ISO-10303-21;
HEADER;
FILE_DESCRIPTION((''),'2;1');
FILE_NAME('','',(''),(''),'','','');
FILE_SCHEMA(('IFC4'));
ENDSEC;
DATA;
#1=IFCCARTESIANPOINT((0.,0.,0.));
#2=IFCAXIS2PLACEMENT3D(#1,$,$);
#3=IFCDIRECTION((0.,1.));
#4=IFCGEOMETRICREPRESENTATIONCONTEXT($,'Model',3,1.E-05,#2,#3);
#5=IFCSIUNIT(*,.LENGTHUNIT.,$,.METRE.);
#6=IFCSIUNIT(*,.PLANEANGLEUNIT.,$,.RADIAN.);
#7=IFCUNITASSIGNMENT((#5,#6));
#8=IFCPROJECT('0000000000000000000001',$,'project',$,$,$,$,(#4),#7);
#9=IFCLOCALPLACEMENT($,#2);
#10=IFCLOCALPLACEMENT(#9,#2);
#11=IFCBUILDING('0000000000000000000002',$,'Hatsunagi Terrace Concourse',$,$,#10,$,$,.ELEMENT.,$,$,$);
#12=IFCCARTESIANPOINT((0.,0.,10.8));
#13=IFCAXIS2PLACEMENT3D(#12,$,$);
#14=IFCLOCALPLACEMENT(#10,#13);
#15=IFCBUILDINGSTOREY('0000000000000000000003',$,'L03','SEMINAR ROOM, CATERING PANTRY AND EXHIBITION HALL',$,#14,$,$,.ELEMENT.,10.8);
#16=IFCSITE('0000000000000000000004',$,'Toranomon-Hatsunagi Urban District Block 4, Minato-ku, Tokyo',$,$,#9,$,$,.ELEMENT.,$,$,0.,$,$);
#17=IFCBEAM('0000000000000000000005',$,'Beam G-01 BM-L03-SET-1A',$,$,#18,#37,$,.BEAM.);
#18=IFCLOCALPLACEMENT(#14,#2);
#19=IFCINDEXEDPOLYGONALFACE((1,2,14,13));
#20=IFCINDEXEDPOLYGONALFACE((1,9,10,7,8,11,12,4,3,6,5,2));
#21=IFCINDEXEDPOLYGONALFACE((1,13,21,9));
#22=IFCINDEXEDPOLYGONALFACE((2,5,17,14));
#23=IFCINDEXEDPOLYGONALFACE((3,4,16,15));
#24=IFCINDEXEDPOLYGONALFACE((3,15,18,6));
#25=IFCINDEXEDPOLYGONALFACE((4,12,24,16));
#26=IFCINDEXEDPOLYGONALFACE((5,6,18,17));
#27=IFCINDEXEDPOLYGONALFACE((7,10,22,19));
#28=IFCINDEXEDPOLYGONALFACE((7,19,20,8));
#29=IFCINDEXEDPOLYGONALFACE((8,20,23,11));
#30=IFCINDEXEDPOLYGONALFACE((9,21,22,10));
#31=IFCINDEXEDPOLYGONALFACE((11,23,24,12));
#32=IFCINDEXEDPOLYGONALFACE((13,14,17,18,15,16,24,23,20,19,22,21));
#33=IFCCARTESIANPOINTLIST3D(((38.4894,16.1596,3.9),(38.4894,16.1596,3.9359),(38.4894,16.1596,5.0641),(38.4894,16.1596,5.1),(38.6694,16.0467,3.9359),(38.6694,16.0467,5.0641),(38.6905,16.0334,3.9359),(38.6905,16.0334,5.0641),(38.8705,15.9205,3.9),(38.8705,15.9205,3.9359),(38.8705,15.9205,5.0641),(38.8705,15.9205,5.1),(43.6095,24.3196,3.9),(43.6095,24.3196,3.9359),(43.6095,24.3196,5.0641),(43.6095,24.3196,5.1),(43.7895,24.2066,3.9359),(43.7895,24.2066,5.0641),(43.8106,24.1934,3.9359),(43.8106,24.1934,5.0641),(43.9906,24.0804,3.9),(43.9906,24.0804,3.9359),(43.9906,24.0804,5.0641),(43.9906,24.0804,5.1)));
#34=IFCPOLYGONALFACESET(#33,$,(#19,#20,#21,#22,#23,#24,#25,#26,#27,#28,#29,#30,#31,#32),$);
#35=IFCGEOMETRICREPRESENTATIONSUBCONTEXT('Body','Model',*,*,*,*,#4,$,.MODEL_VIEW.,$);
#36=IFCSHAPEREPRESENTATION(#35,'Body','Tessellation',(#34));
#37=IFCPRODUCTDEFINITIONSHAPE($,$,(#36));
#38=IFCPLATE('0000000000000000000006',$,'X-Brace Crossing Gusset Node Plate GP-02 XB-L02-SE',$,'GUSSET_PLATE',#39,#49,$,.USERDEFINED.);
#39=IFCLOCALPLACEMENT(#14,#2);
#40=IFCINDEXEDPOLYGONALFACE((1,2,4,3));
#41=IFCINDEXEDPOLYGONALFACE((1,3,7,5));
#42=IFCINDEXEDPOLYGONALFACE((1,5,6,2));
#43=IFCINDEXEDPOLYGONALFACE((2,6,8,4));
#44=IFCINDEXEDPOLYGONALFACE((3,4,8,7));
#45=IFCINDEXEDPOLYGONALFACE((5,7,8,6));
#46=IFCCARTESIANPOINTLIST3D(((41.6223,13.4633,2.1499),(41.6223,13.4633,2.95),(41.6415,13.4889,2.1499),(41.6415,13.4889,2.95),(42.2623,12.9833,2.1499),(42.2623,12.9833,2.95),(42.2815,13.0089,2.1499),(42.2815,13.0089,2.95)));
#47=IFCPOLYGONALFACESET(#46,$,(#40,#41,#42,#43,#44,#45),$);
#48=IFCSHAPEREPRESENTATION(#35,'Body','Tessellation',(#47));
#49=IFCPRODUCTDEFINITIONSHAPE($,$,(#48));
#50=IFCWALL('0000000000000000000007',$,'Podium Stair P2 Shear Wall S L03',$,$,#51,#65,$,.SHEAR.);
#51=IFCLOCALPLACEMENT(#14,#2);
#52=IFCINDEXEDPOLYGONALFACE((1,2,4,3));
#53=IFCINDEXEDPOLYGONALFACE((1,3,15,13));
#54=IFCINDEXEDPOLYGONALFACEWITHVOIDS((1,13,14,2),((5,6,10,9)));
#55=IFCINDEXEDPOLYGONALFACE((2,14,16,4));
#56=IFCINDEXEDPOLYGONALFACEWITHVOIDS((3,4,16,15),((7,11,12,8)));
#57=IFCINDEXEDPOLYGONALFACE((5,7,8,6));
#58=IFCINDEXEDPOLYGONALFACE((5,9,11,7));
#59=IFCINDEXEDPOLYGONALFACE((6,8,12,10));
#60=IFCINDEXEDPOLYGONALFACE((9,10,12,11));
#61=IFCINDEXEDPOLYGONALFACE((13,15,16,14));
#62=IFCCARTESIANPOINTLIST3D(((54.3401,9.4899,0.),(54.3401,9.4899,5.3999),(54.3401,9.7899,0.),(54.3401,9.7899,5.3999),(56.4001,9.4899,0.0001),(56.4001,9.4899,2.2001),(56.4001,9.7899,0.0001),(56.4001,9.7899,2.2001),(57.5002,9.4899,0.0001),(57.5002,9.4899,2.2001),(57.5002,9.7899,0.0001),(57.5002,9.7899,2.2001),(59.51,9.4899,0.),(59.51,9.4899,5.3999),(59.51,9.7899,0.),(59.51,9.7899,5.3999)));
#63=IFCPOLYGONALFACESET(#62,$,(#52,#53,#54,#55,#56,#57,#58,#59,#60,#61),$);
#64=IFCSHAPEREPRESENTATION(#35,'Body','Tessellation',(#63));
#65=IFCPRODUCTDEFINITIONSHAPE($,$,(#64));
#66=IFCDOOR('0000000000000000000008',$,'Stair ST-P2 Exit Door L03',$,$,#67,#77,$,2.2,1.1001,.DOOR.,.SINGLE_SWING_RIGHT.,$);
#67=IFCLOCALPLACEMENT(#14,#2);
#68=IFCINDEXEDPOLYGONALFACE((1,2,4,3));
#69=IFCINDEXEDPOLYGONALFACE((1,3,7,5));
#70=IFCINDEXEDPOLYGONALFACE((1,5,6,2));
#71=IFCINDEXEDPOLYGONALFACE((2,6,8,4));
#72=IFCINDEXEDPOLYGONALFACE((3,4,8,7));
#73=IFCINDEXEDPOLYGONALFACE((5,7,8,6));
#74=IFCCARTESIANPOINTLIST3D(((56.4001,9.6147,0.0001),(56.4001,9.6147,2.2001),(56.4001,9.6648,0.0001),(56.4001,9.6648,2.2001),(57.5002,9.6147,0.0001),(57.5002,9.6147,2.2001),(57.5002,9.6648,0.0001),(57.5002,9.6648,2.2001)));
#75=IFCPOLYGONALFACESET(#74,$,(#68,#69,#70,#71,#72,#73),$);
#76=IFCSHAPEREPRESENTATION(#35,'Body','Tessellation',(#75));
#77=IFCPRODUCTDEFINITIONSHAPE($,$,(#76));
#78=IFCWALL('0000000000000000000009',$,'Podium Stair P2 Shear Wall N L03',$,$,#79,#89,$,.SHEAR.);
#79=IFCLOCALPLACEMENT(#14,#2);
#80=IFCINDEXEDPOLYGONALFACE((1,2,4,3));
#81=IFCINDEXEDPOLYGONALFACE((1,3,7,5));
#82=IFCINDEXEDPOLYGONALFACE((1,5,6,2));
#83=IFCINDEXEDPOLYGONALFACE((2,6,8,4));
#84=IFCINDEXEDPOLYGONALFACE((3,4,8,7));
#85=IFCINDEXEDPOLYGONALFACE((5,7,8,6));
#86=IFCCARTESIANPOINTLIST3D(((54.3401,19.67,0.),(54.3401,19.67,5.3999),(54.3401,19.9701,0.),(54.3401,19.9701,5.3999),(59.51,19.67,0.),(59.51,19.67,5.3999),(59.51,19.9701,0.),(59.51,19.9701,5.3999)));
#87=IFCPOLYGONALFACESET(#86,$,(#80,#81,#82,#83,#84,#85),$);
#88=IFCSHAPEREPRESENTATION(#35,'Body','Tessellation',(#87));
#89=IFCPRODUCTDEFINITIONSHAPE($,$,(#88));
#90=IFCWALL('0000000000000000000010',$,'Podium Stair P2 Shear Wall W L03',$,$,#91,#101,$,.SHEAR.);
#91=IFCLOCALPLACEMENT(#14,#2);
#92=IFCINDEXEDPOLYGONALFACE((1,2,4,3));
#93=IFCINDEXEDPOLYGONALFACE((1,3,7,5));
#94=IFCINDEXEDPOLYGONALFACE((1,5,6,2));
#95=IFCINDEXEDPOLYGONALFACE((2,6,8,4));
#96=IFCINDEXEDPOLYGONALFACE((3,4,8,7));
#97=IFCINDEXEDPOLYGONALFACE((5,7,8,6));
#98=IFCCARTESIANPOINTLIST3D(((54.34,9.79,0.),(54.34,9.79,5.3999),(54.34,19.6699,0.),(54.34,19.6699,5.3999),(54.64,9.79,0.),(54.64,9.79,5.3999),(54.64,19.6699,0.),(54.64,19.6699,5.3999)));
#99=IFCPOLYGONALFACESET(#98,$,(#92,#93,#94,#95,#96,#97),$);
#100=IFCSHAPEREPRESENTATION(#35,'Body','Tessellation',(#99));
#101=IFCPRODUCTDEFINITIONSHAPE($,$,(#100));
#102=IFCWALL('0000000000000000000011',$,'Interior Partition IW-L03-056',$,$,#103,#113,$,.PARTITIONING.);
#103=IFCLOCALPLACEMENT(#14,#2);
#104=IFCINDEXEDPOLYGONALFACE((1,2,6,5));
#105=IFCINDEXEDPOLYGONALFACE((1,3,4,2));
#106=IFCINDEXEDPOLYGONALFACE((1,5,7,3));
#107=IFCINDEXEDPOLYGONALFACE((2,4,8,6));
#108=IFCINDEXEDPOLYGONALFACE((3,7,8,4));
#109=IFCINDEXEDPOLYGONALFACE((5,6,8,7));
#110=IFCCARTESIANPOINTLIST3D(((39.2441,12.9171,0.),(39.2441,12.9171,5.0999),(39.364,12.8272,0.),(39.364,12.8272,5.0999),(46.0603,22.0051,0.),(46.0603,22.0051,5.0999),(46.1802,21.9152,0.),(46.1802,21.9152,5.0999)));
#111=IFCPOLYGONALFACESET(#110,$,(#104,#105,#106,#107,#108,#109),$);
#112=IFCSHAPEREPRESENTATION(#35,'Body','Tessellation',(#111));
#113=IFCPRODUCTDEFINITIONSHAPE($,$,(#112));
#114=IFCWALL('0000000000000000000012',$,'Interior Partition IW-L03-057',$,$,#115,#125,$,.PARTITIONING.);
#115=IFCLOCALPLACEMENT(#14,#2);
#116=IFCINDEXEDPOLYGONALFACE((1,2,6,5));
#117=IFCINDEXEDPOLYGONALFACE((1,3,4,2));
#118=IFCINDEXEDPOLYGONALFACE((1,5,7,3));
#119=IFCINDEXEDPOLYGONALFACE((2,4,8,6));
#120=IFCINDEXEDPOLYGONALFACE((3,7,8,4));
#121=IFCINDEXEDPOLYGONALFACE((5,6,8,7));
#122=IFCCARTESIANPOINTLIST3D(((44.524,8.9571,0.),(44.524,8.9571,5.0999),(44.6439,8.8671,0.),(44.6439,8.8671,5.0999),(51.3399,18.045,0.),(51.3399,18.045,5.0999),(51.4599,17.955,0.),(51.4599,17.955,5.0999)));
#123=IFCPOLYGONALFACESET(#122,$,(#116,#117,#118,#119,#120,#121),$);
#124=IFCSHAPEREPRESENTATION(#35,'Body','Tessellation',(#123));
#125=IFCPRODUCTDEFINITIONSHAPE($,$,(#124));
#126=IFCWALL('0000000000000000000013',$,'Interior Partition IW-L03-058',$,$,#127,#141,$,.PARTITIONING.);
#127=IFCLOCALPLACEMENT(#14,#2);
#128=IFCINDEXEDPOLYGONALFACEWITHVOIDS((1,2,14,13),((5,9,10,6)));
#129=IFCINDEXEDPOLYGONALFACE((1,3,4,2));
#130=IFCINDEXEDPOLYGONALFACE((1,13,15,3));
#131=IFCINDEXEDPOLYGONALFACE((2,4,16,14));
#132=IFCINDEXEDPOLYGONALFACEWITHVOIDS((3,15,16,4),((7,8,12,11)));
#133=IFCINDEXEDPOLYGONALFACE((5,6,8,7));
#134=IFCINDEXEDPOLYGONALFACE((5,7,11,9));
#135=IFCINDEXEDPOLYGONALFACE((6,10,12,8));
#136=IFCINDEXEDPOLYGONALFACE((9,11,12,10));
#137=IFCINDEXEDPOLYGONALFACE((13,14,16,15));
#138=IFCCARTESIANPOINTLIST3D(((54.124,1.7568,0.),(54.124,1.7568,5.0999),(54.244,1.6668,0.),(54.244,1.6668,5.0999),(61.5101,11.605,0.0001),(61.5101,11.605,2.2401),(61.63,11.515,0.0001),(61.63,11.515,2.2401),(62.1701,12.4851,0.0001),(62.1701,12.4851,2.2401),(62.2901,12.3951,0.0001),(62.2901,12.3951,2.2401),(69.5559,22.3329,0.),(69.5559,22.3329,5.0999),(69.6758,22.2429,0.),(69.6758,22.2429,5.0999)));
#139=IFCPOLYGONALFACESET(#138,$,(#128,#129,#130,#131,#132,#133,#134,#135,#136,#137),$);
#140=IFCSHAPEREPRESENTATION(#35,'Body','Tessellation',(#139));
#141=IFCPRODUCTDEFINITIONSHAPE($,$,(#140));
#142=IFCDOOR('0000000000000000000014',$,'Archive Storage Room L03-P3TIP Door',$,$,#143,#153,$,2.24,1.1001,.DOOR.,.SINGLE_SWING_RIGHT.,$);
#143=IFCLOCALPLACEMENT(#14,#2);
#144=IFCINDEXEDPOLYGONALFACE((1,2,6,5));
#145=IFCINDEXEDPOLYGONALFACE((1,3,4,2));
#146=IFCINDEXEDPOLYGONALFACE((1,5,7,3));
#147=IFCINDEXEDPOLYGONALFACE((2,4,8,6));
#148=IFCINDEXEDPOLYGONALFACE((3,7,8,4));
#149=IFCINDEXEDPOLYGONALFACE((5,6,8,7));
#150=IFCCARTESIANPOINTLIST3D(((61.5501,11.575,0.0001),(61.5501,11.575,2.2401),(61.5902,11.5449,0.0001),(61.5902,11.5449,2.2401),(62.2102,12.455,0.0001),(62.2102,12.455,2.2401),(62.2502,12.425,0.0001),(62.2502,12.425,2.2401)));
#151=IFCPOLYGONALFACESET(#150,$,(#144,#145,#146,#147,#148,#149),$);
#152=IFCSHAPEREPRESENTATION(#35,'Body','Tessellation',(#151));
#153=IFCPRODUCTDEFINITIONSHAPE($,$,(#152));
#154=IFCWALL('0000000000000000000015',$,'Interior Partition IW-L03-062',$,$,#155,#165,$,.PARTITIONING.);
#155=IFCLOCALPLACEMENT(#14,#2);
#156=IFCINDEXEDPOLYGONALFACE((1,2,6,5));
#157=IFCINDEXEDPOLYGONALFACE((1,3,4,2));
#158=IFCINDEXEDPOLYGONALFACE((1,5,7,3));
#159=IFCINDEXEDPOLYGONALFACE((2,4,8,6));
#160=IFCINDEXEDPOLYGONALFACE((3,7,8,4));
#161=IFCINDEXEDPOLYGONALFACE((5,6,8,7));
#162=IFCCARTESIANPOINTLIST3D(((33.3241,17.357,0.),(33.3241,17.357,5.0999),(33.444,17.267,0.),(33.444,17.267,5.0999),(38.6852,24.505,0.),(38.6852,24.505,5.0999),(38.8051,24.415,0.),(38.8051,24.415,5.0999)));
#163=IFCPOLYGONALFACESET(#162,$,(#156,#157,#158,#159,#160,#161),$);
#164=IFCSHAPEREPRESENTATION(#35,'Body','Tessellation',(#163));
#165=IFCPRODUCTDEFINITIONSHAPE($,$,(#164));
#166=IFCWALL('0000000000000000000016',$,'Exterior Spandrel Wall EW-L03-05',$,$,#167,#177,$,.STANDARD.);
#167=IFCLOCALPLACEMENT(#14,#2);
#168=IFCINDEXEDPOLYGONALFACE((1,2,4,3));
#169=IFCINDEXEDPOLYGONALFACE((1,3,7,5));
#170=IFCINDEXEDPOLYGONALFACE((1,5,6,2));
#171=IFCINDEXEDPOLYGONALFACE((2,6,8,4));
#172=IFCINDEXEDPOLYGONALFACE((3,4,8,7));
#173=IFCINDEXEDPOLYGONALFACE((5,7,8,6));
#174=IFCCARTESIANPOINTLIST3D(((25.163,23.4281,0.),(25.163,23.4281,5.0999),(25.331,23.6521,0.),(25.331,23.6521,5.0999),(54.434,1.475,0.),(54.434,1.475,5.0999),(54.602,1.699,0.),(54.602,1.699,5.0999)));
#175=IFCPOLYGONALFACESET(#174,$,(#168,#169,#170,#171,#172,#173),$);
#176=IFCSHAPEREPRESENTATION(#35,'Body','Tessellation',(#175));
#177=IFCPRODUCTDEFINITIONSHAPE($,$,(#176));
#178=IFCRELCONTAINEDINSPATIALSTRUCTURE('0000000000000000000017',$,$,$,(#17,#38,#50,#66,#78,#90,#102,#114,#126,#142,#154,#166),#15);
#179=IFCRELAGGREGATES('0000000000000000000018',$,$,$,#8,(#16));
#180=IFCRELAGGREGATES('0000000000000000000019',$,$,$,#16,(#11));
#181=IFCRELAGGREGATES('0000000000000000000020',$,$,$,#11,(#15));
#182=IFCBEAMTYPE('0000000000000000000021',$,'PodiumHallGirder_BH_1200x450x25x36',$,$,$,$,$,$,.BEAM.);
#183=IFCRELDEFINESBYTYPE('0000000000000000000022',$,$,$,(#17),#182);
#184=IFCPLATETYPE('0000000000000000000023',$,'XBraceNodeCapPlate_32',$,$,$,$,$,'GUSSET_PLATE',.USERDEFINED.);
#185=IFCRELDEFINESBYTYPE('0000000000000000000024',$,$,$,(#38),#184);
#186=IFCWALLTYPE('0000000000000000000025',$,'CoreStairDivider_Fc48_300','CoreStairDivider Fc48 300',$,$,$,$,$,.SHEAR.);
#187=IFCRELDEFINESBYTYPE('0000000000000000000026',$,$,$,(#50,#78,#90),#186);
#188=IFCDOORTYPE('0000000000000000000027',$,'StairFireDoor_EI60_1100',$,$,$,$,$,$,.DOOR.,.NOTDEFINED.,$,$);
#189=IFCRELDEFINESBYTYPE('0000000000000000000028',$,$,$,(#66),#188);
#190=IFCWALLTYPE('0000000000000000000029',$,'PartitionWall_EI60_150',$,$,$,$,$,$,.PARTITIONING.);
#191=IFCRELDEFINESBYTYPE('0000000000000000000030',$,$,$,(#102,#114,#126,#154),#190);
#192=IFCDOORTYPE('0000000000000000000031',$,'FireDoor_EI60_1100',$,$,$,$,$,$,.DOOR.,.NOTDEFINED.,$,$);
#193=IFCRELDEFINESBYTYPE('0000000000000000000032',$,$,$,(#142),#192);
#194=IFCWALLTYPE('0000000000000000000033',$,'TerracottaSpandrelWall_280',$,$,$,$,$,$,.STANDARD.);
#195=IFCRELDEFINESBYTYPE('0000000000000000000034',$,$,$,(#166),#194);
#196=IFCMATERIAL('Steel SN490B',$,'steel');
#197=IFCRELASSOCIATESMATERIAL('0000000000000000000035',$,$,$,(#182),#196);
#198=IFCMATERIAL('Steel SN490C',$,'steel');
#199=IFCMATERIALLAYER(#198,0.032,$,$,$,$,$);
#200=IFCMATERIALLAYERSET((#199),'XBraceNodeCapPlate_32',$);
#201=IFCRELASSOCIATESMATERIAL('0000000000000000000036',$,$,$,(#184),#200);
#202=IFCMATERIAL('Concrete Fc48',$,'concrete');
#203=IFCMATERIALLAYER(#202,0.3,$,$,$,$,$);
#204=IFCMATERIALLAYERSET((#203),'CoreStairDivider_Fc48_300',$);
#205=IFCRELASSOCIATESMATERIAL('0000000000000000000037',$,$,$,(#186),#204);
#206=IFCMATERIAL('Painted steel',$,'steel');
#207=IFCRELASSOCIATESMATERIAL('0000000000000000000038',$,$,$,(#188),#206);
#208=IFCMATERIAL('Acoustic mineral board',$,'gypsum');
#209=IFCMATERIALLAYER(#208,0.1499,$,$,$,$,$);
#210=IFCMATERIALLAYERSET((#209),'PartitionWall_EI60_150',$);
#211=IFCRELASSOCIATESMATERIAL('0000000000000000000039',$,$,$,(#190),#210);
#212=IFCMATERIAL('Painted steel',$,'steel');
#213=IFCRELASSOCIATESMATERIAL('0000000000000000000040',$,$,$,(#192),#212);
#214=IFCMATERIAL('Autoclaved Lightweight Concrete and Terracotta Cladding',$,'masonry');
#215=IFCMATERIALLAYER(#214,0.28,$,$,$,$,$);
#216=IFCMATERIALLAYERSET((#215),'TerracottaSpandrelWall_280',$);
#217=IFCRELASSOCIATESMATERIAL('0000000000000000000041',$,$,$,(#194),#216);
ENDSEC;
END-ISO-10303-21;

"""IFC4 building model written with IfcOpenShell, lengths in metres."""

from ifc_helpers import new_model, si_unit, direction, frame, frame_2d, origin, origin_2d, place, context, subcontext, project, spatial, rectangle, i_section, extrude, material, layer, layer_set, material_profile, profile_set, type_object, element, fill, save


model = new_model("IFC4")

# Units and contexts
model_context = context("Model", 3, precision=1e-05, world=origin(), true_north=direction((0.0, 1.0)))
body_context = subcontext(model_context, "Body", "Model", "MODEL_VIEW")
ifc_project = project(units=[si_unit("LENGTHUNIT", "METRE"), si_unit("PLANEANGLEUNIT", "RADIAN")], contexts=[model_context])

# Site, building, storey
site_placement = place(None, origin())
site = spatial("IfcSite", under=ifc_project, at=site_placement, Name="Toranomon-Hatsunagi Urban District Block 4, Minato-ku, Tokyo", CompositionType="ELEMENT", RefElevation=0.0)
building_placement = place(site_placement, origin())
building = spatial("IfcBuilding", under=site, at=building_placement, Name="Hatsunagi Terrace Concourse", CompositionType="ELEMENT")
storey_placement = place(building_placement, frame((0.0, 0.0, 10.8)))
storey = spatial("IfcBuildingStorey", under=building, at=storey_placement, Name="L03", Description="SEMINAR ROOM, CATERING PANTRY AND EXHIBITION HALL", CompositionType="ELEMENT", Elevation=10.8)

# Beam
ifc_material_1 = material(Name="Steel SN490B", Category="steel")
ifc_material_profile_1 = material_profile(ifc_material_1, i_section(OverallWidth=0.45, OverallDepth=1.2, WebThickness=0.0249, FlangeThickness=0.0359, at=origin_2d()), Name="BH-1200x450x25x36")
ifc_profile_set_1 = profile_set([ifc_material_profile_1], Name="Steel SN490B")
beam_type_1 = type_object("IfcBeamType", Name="PodiumHallGirder_BH_1200x450x25x36", PredefinedType="BEAM", material=ifc_profile_set_1)
beam_1_placement = place(storey_placement, frame((38.6799, 16.04, 4.5), z_axis=(0.531504, 0.847056, 0.0), x_axis=(-0.847056, 0.531504, 0.0)))
element("IfcBeam", 1, at=beam_1_placement, inside=storey, type_object=beam_type_1, Name="Beam G-01 BM-L03-SET-1A", PredefinedType="BEAM", context=body_context, shape_type="SweptSolid", body=[
    extrude(i_section(OverallWidth=0.45, OverallDepth=1.2, WebThickness=0.0249, FlangeThickness=0.0359, at=origin_2d()), origin(), (0.0, 0.0, 1.0), 9.6333),
])

# Plate
ifc_material_2 = material(Name="Steel SN490C", Category="steel")
ifc_layer_1 = layer(ifc_material_2, 0.032)
ifc_layer_set_1 = layer_set([ifc_layer_1], Name="XBraceNodeCapPlate_32")
plate_type = type_object("IfcPlateType", Name="XBraceNodeCapPlate_32", ElementType="GUSSET_PLATE", PredefinedType="USERDEFINED", material=ifc_layer_set_1)
plate_placement = place(storey_placement, frame((41.9519, 13.2361, 2.1499), z_axis=(0.0, 0.0, 1.0), x_axis=(0.8, -0.6, 0.0)))
element("IfcPlate", 2, at=plate_placement, inside=storey, type_object=plate_type, Name="X-Brace Crossing Gusset Node Plate GP-02 XB-L02-SE", ObjectType="GUSSET_PLATE", PredefinedType="USERDEFINED", context=body_context, shape_type="SweptSolid", body=[
    extrude(rectangle(XDim=0.8, YDim=0.032, at=origin_2d()), origin(), (0.0, 0.0, 1.0), 0.8),
])

# Wall, opening, door
ifc_material_3 = material(Name="Concrete Fc48", Category="concrete")
ifc_layer_2 = layer(ifc_material_3, 0.3)
ifc_layer_set_2 = layer_set([ifc_layer_2], Name="CoreStairDivider_Fc48_300")
wall_type_1 = type_object("IfcWallType", Name="CoreStairDivider_Fc48_300", Description="CoreStairDivider Fc48 300", PredefinedType="SHEAR", material=ifc_layer_set_2)
wall_1_placement = place(storey_placement, frame((54.3401, 9.6399, 0.0), z_axis=(0.0, 0.0, 1.0), x_axis=(1.0, 0.0, 0.0)))
wall_1 = element("IfcWall", 3, at=wall_1_placement, inside=storey, type_object=wall_type_1, Name="Podium Stair P2 Shear Wall S L03", PredefinedType="SHEAR", context=body_context, shape_type="SweptSolid", body=[
    extrude(rectangle(XDim=5.1699, YDim=0.3, at=frame_2d((2.585, 0.0))), origin(), (0.0, 0.0, 1.0), 5.3999),
])
opening_1_placement = place(wall_1_placement, frame((2.0601, 0.0, 0.0)))
opening_1 = element("IfcOpeningElement", 4, at=opening_1_placement, cuts=wall_1, PredefinedType="OPENING", context=body_context, shape_type="SweptSolid", body=[
    extrude(rectangle(XDim=1.1001, YDim=2.2, at=frame_2d((0.55, 1.1001))), frame((0.0, 0.1599, 0.0), z_axis=(0.0, -1.0, 0.0), x_axis=(1.0, 0.0, 0.0)), (0.0, 0.0, 1.0), 0.3201),
])
ifc_material_4 = material(Name="Painted steel", Category="steel")
door_type_1 = type_object("IfcDoorType", Name="StairFireDoor_EI60_1100", OperationType="NOTDEFINED", PredefinedType="DOOR", material=ifc_material_4)
door_1_placement = place(opening_1_placement, origin())
door_1 = element("IfcDoor", 5, at=door_1_placement, inside=storey, type_object=door_type_1, Name="Stair ST-P2 Exit Door L03", OperationType="SINGLE_SWING_RIGHT", OverallHeight=2.2, OverallWidth=1.1001, PredefinedType="DOOR", context=body_context, shape_type="SweptSolid", body=[
    extrude(rectangle(XDim=1.1001, YDim=2.2, at=frame_2d((0.55, 1.1001))), frame((0.0, 0.0249, 0.0), z_axis=(0.0, -1.0, 0.0), x_axis=(1.0, 0.0, 0.0)), (0.0, 0.0, 1.0), 0.05),
])
fill(opening_1, door_1)

# Walls
wall_2_placement = place(storey_placement, frame((54.3401, 19.8201, 0.0), z_axis=(0.0, 0.0, 1.0), x_axis=(1.0, 0.0, 0.0)))
element("IfcWall", 6, at=wall_2_placement, inside=storey, type_object=wall_type_1, Name="Podium Stair P2 Shear Wall N L03", PredefinedType="SHEAR", context=body_context, shape_type="SweptSolid", body=[
    extrude(rectangle(XDim=5.1699, YDim=0.3, at=frame_2d((2.585, 0.0))), origin(), (0.0, 0.0, 1.0), 5.3999),
])
wall_3_placement = place(storey_placement, frame((54.49, 9.79, 0.0), z_axis=(0.0, 0.0, 1.0), x_axis=(0.0, 1.0, 0.0)))
element("IfcWall", 7, at=wall_3_placement, inside=storey, type_object=wall_type_1, Name="Podium Stair P2 Shear Wall W L03", PredefinedType="SHEAR", context=body_context, shape_type="SweptSolid", body=[
    extrude(rectangle(XDim=9.8799, YDim=0.3, at=frame_2d((4.9399, 0.0))), origin(), (0.0, 0.0, 1.0), 5.3999),
])
ifc_material_5 = material(Name="Acoustic mineral board", Category="gypsum")
ifc_layer_3 = layer(ifc_material_5, 0.1499)
ifc_layer_set_3 = layer_set([ifc_layer_3], Name="PartitionWall_EI60_150")
wall_type_2 = type_object("IfcWallType", Name="PartitionWall_EI60_150", PredefinedType="PARTITIONING", material=ifc_layer_set_3)
wall_4_placement = place(storey_placement, frame((39.304, 12.8721, 0.0), z_axis=(0.0, 0.0, 1.0), x_axis=(0.600014, 0.79999, 0.0)))
element("IfcWall", 8, at=wall_4_placement, inside=storey, type_object=wall_type_2, Name="Interior Partition IW-L03-056", PredefinedType="PARTITIONING", context=body_context, shape_type="SweptSolid", body=[
    extrude(rectangle(XDim=11.3601, YDim=0.1499, at=frame_2d((5.6802, 0.0))), origin(), (0.0, 0.0, 1.0), 5.0999),
])
wall_5_placement = place(storey_placement, frame((44.584, 8.9121, 0.0), z_axis=(0.0, 0.0, 1.0), x_axis=(0.6, 0.8, 0.0)))
element("IfcWall", 9, at=wall_5_placement, inside=storey, type_object=wall_type_2, Name="Interior Partition IW-L03-057", PredefinedType="PARTITIONING", context=body_context, shape_type="SweptSolid", body=[
    extrude(rectangle(XDim=11.3599, YDim=0.1499, at=frame_2d((5.6799, 0.0))), origin(), (0.0, 0.0, 1.0), 5.0999),
])

# Wall, opening, door
wall_6_placement = place(storey_placement, frame((54.1841, 1.7119, 0.0), z_axis=(0.0, 0.0, 1.0), x_axis=(0.599994, 0.800005, 0.0)))
wall_6 = element("IfcWall", 10, at=wall_6_placement, inside=storey, type_object=wall_type_2, Name="Interior Partition IW-L03-058", PredefinedType="PARTITIONING", context=body_context, shape_type="SweptSolid", body=[
    extrude(rectangle(XDim=25.72, YDim=0.1499, at=frame_2d((12.8599, 0.0))), origin(), (0.0, 0.0, 1.0), 5.0999),
])
opening_2_placement = place(wall_6_placement, frame((12.3101, 0.0, 0.0)))
opening_2 = element("IfcOpeningElement", 11, at=opening_2_placement, cuts=wall_6, PredefinedType="OPENING", context=body_context, shape_type="SweptSolid", body=[
    extrude(rectangle(XDim=1.1001, YDim=2.24, at=frame_2d((0.55, 1.1201))), frame((0.0, 0.085, 0.0), z_axis=(0.0, -1.0, 0.0), x_axis=(1.0, 0.0, 0.0)), (0.0, 0.0, 1.0), 0.1699),
])
ifc_material_6 = material(Name="Painted steel", Category="steel")
door_type_2 = type_object("IfcDoorType", Name="FireDoor_EI60_1100", OperationType="NOTDEFINED", PredefinedType="DOOR", material=ifc_material_6)
door_2_placement = place(opening_2_placement, origin())
door_2 = element("IfcDoor", 12, at=door_2_placement, inside=storey, type_object=door_type_2, Name="Archive Storage Room L03-P3TIP Door", OperationType="SINGLE_SWING_RIGHT", OverallHeight=2.24, OverallWidth=1.1001, PredefinedType="DOOR", context=body_context, shape_type="SweptSolid", body=[
    extrude(rectangle(XDim=1.1001, YDim=2.24, at=frame_2d((0.55, 1.1201))), frame((0.0, 0.0249, 0.0), z_axis=(0.0, -1.0, 0.0), x_axis=(1.0, 0.0, 0.0)), (0.0, 0.0, 1.0), 0.05),
])
fill(opening_2, door_2)

# Walls
wall_7_placement = place(storey_placement, frame((33.384, 17.312, 0.0), z_axis=(0.0, 0.0, 1.0), x_axis=(0.600009, 0.799993, 0.0)))
element("IfcWall", 13, at=wall_7_placement, inside=storey, type_object=wall_type_2, Name="Interior Partition IW-L03-062", PredefinedType="PARTITIONING", context=body_context, shape_type="SweptSolid", body=[
    extrude(rectangle(XDim=8.9351, YDim=0.1499, at=frame_2d((4.4675, 0.0))), origin(), (0.0, 0.0, 1.0), 5.0999),
])
ifc_material_7 = material(Name="Autoclaved Lightweight Concrete and Terracotta Cladding", Category="masonry")
ifc_layer_4 = layer(ifc_material_7, 0.28)
ifc_layer_set_4 = layer_set([ifc_layer_4], Name="TerracottaSpandrelWall_280")
wall_type_3 = type_object("IfcWallType", Name="TerracottaSpandrelWall_280", PredefinedType="STANDARD", material=ifc_layer_set_4)
wall_8_placement = place(storey_placement, frame((54.5181, 1.5869, 0.0), z_axis=(0.0, 0.0, 1.0), x_axis=(-0.800002, 0.599998, 0.0)))
element("IfcWall", 14, at=wall_8_placement, inside=storey, type_object=wall_type_3, Name="Exterior Spandrel Wall EW-L03-05", PredefinedType="STANDARD", context=body_context, shape_type="SweptSolid", body=[
    extrude(rectangle(XDim=36.5886, YDim=0.28, at=frame_2d((18.2944, 0.0))), origin(), (0.0, 0.0, 1.0), 5.0999),
])

save(model, "model.ifc")
